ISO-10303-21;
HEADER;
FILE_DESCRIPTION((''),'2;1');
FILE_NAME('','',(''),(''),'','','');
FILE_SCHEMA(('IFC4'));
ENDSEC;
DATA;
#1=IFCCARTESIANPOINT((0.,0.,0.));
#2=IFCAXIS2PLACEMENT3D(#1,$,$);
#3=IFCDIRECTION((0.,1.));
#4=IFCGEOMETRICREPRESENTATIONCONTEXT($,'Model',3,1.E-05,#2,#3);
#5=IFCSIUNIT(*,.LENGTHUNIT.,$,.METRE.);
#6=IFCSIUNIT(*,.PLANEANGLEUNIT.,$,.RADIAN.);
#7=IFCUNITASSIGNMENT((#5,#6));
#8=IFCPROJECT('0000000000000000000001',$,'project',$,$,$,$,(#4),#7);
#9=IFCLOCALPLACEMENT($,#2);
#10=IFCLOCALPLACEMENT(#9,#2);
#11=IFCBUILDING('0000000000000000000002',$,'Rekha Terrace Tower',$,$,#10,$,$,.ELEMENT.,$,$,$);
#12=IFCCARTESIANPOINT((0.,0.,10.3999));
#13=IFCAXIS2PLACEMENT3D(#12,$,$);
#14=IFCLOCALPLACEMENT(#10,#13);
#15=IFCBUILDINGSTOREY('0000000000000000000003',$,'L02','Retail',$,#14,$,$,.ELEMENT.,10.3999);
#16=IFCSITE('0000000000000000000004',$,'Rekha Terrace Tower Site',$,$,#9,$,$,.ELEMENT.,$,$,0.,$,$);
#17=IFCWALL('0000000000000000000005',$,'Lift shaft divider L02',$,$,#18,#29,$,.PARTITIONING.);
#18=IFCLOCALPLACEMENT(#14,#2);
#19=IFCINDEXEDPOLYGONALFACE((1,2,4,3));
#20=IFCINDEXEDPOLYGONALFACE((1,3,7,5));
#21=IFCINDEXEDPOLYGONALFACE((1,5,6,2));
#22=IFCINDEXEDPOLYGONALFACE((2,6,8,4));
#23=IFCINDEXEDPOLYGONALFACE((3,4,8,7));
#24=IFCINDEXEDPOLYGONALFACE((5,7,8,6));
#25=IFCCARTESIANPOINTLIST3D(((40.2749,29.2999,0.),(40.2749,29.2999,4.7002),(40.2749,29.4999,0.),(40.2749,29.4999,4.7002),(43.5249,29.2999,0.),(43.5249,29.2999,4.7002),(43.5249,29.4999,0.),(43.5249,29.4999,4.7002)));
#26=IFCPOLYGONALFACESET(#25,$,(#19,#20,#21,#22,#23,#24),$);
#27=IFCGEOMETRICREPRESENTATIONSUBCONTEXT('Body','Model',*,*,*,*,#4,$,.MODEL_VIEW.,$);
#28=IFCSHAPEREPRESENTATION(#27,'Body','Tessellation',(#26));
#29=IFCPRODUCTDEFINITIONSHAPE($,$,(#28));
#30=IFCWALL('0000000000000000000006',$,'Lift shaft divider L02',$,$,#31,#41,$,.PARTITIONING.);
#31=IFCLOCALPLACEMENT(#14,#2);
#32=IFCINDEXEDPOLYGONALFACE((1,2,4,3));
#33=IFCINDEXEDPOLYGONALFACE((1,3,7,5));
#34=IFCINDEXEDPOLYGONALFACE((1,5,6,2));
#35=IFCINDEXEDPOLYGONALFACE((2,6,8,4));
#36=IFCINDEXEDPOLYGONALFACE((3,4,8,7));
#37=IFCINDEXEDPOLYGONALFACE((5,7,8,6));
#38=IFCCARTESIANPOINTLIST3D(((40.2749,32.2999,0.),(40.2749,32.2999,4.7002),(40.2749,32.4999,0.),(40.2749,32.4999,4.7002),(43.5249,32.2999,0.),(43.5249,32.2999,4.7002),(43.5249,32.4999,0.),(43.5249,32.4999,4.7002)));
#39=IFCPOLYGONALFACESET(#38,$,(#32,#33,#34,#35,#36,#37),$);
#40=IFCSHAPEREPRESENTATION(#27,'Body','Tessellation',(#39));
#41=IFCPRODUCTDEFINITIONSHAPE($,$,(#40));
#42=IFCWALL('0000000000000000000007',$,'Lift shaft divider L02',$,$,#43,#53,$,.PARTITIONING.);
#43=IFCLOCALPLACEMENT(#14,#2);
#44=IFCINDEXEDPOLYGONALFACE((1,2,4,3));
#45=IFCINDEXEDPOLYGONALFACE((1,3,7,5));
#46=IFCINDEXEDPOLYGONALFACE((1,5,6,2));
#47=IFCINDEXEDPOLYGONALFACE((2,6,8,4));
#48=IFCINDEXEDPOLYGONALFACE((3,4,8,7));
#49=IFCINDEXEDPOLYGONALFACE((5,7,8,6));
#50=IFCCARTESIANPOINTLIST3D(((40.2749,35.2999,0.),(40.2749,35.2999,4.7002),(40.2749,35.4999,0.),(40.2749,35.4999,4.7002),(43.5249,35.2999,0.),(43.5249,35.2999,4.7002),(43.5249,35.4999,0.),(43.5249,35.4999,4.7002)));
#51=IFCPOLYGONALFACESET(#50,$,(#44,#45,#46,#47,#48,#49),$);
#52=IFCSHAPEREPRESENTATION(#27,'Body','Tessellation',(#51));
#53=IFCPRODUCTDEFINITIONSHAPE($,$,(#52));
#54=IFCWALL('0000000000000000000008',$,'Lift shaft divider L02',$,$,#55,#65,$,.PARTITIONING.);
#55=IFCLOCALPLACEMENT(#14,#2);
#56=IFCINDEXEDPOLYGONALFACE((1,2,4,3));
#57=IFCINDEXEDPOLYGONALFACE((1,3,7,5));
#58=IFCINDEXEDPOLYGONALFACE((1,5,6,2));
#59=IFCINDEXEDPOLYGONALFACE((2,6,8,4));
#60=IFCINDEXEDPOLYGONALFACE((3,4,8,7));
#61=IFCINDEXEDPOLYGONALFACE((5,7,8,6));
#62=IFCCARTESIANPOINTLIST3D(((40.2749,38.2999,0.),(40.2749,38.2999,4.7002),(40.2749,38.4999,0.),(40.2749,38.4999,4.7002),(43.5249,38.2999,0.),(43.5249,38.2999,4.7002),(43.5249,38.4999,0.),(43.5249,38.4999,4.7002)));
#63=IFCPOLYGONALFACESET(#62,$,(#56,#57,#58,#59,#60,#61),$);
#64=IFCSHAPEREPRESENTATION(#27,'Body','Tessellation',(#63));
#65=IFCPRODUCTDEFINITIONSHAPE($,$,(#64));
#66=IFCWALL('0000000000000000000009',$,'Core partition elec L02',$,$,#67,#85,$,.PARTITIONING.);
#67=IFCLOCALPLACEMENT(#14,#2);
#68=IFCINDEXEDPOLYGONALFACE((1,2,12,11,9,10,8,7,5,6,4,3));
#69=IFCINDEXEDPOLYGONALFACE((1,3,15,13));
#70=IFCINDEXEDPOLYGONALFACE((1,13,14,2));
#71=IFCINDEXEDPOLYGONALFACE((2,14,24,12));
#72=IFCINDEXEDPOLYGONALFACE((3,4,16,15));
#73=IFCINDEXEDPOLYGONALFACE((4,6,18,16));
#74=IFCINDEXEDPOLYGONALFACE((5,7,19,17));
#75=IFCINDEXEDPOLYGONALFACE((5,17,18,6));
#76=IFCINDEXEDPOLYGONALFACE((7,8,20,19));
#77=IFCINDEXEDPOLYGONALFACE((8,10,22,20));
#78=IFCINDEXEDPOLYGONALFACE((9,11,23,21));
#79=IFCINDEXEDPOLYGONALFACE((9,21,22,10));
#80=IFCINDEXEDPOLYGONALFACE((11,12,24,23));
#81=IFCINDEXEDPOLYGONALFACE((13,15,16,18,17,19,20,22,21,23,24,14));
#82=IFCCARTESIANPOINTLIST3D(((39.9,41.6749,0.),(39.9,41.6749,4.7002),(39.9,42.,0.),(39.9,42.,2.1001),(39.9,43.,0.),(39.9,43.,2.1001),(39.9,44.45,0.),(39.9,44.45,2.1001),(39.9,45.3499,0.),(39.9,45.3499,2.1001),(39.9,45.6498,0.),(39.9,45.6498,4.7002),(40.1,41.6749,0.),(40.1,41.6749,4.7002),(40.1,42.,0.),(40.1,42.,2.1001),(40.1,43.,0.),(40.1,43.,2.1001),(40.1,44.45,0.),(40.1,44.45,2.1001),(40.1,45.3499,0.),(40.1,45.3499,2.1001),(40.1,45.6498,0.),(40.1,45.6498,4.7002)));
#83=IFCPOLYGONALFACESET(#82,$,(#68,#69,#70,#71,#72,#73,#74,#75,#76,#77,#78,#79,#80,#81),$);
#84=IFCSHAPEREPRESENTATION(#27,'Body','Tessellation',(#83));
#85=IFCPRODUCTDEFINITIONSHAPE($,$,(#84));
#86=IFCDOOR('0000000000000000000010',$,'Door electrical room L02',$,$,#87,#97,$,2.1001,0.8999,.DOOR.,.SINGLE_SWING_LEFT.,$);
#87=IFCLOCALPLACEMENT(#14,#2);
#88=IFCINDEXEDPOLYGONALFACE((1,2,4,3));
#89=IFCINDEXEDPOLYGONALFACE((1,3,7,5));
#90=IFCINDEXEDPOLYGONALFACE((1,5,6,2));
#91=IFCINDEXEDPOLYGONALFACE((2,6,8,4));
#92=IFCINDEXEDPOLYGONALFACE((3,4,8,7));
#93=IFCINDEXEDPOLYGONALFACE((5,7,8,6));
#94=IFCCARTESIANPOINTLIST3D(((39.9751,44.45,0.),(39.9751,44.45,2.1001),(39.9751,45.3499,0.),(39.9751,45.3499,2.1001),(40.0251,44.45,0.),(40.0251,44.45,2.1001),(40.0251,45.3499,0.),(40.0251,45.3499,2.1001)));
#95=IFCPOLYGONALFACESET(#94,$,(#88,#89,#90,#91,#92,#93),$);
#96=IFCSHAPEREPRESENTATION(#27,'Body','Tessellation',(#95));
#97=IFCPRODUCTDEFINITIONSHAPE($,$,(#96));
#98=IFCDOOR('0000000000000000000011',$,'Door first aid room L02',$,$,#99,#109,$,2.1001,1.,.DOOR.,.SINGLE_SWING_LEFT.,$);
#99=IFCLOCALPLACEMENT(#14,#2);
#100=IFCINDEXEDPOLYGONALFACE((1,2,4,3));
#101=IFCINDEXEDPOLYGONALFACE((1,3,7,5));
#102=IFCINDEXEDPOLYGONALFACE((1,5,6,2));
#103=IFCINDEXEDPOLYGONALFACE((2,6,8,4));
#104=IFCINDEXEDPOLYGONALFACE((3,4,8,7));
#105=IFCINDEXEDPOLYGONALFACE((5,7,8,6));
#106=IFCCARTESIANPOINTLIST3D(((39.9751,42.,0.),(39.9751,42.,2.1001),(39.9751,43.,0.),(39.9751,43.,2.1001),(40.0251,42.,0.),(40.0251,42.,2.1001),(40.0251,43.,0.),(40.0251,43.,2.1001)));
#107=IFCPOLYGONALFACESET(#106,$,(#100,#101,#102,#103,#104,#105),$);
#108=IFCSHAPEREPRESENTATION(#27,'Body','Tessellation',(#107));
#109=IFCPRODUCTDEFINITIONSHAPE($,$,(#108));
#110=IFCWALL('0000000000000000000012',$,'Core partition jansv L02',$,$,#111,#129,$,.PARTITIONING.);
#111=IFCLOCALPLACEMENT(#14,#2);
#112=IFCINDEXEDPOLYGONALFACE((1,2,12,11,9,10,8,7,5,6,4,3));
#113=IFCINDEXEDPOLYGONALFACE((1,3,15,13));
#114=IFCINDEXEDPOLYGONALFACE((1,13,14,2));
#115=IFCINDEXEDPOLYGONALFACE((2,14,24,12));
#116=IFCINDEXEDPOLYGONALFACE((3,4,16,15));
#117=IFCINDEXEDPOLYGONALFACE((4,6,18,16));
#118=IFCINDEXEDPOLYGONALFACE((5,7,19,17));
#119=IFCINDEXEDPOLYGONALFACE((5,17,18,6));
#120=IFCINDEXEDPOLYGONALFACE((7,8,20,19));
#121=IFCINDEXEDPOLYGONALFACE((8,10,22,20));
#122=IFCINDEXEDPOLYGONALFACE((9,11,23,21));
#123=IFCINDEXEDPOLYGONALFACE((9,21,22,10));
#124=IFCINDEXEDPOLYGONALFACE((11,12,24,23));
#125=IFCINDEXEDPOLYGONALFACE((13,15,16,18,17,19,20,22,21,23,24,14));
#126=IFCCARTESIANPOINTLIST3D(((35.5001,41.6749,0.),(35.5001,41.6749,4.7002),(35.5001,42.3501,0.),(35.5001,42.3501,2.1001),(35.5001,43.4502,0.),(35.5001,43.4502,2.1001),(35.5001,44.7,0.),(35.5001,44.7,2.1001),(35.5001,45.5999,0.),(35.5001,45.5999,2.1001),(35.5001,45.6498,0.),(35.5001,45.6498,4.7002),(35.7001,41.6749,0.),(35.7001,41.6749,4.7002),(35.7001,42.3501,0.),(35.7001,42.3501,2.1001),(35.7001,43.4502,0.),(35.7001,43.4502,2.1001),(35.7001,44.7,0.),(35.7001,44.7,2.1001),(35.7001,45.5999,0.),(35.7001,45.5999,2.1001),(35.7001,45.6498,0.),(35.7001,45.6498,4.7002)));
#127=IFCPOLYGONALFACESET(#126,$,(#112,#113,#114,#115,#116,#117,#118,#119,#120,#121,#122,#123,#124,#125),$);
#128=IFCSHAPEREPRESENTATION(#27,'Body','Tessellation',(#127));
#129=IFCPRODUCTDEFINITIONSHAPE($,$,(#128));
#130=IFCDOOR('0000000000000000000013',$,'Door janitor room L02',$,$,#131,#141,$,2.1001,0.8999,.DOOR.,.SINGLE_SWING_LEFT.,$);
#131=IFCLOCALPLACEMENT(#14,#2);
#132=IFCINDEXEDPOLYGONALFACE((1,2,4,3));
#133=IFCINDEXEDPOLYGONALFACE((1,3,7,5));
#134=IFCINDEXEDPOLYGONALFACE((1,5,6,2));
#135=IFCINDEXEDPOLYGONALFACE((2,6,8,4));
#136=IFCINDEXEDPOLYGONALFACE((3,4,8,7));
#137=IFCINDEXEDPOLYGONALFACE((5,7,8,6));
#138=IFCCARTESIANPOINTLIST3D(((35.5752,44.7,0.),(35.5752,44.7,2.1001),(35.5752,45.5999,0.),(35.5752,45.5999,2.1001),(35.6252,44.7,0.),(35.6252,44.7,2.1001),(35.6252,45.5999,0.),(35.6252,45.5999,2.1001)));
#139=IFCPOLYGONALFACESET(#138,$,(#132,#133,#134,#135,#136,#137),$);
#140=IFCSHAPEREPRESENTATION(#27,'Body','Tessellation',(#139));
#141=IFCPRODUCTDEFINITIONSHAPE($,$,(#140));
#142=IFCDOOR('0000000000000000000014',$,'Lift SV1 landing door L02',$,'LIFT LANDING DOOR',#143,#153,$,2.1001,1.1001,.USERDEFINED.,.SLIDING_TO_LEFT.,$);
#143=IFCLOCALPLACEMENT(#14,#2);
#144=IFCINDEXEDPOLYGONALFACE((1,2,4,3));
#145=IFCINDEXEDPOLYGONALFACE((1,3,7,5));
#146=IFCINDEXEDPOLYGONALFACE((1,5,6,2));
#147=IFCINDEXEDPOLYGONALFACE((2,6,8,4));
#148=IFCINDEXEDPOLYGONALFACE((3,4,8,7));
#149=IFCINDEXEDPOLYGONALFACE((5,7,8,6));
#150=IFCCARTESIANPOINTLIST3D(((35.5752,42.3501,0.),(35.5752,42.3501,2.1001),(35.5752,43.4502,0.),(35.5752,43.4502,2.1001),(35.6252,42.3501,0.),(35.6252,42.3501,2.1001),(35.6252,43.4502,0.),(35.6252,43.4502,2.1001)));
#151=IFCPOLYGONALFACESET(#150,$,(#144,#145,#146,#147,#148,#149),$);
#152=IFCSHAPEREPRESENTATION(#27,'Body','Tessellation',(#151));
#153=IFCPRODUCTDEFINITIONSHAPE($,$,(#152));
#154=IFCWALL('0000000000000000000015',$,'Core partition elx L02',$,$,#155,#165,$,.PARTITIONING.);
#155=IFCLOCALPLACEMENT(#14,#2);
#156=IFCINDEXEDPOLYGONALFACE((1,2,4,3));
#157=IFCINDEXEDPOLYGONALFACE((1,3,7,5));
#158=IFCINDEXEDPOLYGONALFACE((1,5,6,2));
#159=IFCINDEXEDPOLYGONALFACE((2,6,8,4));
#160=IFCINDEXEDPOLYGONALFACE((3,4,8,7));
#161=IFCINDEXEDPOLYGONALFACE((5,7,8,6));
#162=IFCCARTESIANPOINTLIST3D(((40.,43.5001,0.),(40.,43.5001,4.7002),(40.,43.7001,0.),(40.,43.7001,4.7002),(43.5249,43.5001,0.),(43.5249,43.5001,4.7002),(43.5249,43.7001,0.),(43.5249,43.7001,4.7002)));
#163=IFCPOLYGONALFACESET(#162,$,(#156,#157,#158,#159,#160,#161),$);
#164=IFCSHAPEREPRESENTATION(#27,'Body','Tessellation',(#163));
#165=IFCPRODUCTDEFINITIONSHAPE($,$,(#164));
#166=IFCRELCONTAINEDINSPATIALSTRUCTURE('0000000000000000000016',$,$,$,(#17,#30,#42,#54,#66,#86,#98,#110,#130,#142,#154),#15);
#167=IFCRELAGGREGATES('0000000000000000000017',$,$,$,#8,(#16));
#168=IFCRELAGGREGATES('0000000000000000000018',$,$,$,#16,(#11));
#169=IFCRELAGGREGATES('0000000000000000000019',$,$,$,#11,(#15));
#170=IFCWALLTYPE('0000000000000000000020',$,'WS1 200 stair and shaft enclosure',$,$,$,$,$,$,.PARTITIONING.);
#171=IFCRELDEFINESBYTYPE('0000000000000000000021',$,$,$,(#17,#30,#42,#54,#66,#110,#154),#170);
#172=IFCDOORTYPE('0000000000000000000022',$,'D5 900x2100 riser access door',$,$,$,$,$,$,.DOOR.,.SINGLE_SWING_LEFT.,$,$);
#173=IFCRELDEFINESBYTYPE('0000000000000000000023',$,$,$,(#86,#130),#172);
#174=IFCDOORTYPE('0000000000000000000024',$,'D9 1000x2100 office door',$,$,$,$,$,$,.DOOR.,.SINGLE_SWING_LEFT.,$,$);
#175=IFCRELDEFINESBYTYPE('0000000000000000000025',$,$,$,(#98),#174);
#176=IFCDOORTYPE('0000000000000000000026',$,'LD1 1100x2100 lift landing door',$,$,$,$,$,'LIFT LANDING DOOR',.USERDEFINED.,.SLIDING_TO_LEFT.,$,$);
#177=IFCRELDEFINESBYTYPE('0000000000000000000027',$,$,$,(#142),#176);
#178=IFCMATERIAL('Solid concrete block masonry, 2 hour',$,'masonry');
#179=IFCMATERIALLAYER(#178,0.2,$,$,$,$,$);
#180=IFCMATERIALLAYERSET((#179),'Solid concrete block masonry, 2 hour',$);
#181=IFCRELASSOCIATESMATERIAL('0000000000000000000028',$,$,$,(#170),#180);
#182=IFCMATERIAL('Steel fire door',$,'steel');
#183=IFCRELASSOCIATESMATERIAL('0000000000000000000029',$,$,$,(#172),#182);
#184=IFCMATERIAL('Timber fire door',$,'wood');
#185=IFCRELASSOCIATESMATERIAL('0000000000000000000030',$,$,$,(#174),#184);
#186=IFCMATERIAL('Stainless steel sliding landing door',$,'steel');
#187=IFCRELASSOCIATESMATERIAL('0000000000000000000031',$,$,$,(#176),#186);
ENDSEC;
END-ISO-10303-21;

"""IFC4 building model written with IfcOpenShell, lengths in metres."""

from ifc_helpers import new_model, si_unit, direction, frame, frame_2d, origin, place, context, subcontext, project, spatial, rectangle, extrude, material, layer, layer_set, type_object, element, fill, save


model = new_model("IFC4")

# Units and contexts
model_context = context("Model", 3, precision=1e-05, world=origin(), true_north=direction((0.0, 1.0)))
body_context = subcontext(model_context, "Body", "Model", "MODEL_VIEW")
ifc_project = project(units=[si_unit("LENGTHUNIT", "METRE"), si_unit("PLANEANGLEUNIT", "RADIAN")], contexts=[model_context])

# Site, building, storey
site_placement = place(None, origin())
site = spatial("IfcSite", under=ifc_project, at=site_placement, Name="Rekha Terrace Tower Site", CompositionType="ELEMENT", RefElevation=0.0)
building_placement = place(site_placement, origin())
building = spatial("IfcBuilding", under=site, at=building_placement, Name="Rekha Terrace Tower", CompositionType="ELEMENT")
storey_placement = place(building_placement, frame((0.0, 0.0, 10.3999)))
storey = spatial("IfcBuildingStorey", under=building, at=storey_placement, Name="L02", Description="Retail", CompositionType="ELEMENT", Elevation=10.3999)

# Shared definitions
ifc_material_1 = material(Name="Stainless steel sliding landing door", Category="steel")
ifc_material_2 = material(Name="Steel fire door", Category="steel")

# Walls
ifc_material_3 = material(Name="Solid concrete block masonry, 2 hour", Category="masonry")
ifc_layer_1 = layer(ifc_material_3, 0.2)
ifc_layer_set_1 = layer_set([ifc_layer_1], Name="Solid concrete block masonry, 2 hour")
wall_type_1 = type_object("IfcWallType", Name="WS1 200 stair and shaft enclosure", PredefinedType="PARTITIONING", material=ifc_layer_set_1)
for number, where, z_axis, x_axis, name in (
    (1, (40.2749, 29.3999, 0.0), (0.0, 0.0, 1.0), (1.0, 0.0, 0.0), "Lift shaft divider L02"),
    (2, (40.2749, 32.3999, 0.0), (0.0, 0.0, 1.0), (1.0, 0.0, 0.0), "Lift shaft divider L02"),
    (3, (40.2749, 35.3999, 0.0), (0.0, 0.0, 1.0), (1.0, 0.0, 0.0), "Lift shaft divider L02"),
    (4, (40.2749, 38.3999, 0.0), (0.0, 0.0, 1.0), (1.0, 0.0, 0.0), "Lift shaft divider L02"),
):
    element("IfcWall", number, at=place(storey_placement, frame(where, z_axis=z_axis, x_axis=x_axis)), inside=storey, type_object=wall_type_1, Name=name, PredefinedType="PARTITIONING", context=body_context, shape_type="SweptSolid", body=[
        extrude(rectangle(XDim=3.25, YDim=0.2, at=frame_2d((1.625, 0.0))), origin(), (0.0, 0.0, 1.0), 4.7002),
    ])

# Walls, openings, doors
wall_1_placement = place(storey_placement, frame((40.0, 41.675, 0.0), z_axis=(0.0, 0.0, 1.0), x_axis=(0.0, 1.0, 0.0)))
wall_1 = element("IfcWall", 5, at=wall_1_placement, inside=storey, type_object=wall_type_1, Name="Core partition elec L02", PredefinedType="PARTITIONING", context=body_context, shape_type="SweptSolid", body=[
    extrude(rectangle(XDim=3.9749, YDim=0.2, at=frame_2d((1.9873, 0.0))), origin(), (0.0, 0.0, 1.0), 4.7002),
])
opening_1_placement = place(wall_1_placement, frame((2.7749, 0.0, 0.0)))
opening_1 = element("IfcOpeningElement", 6, at=opening_1_placement, cuts=wall_1, PredefinedType="OPENING", context=body_context, shape_type="SweptSolid", body=[
    extrude(rectangle(XDim=0.8999, YDim=2.1001, at=frame_2d((0.45, 1.05))), frame((0.0, 0.1099, 0.0), z_axis=(0.0, -1.0, 0.0), x_axis=(1.0, 0.0, 0.0)), (0.0, 0.0, 1.0), 0.22),
])
opening_2_placement = place(wall_1_placement, frame((0.325, 0.0, 0.0)))
opening_2 = element("IfcOpeningElement", 7, at=opening_2_placement, cuts=wall_1, PredefinedType="OPENING", context=body_context, shape_type="SweptSolid", body=[
    extrude(rectangle(XDim=1.0, YDim=2.1001, at=frame_2d((0.5, 1.05))), frame((0.0, 0.1099, 0.0), z_axis=(0.0, -1.0, 0.0), x_axis=(1.0, 0.0, 0.0)), (0.0, 0.0, 1.0), 0.22),
])
door_type_1 = type_object("IfcDoorType", Name="D5 900x2100 riser access door", OperationType="SINGLE_SWING_LEFT", PredefinedType="DOOR", material=ifc_material_2)
door_1_placement = place(opening_1_placement, origin())
door_1 = element("IfcDoor", 8, at=door_1_placement, inside=storey, type_object=door_type_1, Name="Door electrical room L02", OperationType="SINGLE_SWING_LEFT", OverallHeight=2.1001, OverallWidth=0.8999, PredefinedType="DOOR", context=body_context, shape_type="SweptSolid", body=[
    extrude(rectangle(XDim=0.8999, YDim=2.1001, at=frame_2d((0.45, 1.05))), frame((0.0, 0.0249, 0.0), z_axis=(0.0, -1.0, 0.0), x_axis=(1.0, 0.0, 0.0)), (0.0, 0.0, 1.0), 0.05),
])
fill(opening_1, door_1)
ifc_material_4 = material(Name="Timber fire door", Category="wood")
door_type_2 = type_object("IfcDoorType", Name="D9 1000x2100 office door", OperationType="SINGLE_SWING_LEFT", PredefinedType="DOOR", material=ifc_material_4)
door_2_placement = place(opening_2_placement, origin())
door_2 = element("IfcDoor", 9, at=door_2_placement, inside=storey, type_object=door_type_2, Name="Door first aid room L02", OperationType="SINGLE_SWING_LEFT", OverallHeight=2.1001, OverallWidth=1.0, PredefinedType="DOOR", context=body_context, shape_type="SweptSolid", body=[
    extrude(rectangle(XDim=1.0, YDim=2.1001, at=frame_2d((0.5, 1.05))), frame((0.0, 0.0249, 0.0), z_axis=(0.0, -1.0, 0.0), x_axis=(1.0, 0.0, 0.0)), (0.0, 0.0, 1.0), 0.05),
])
fill(opening_2, door_2)
wall_2_placement = place(storey_placement, frame((35.6001, 41.675, 0.0), z_axis=(0.0, 0.0, 1.0), x_axis=(0.0, 1.0, 0.0)))
wall_2 = element("IfcWall", 10, at=wall_2_placement, inside=storey, type_object=wall_type_1, Name="Core partition jansv L02", PredefinedType="PARTITIONING", context=body_context, shape_type="SweptSolid", body=[
    extrude(rectangle(XDim=3.9749, YDim=0.2, at=frame_2d((1.9873, 0.0))), origin(), (0.0, 0.0, 1.0), 4.7002),
])
opening_3_placement = place(wall_2_placement, frame((3.0249, 0.0, 0.0)))
opening_3 = element("IfcOpeningElement", 11, at=opening_3_placement, cuts=wall_2, PredefinedType="OPENING", context=body_context, shape_type="SweptSolid", body=[
    extrude(rectangle(XDim=0.8999, YDim=2.1001, at=frame_2d((0.45, 1.05))), frame((0.0, 0.1099, 0.0), z_axis=(0.0, -1.0, 0.0), x_axis=(1.0, 0.0, 0.0)), (0.0, 0.0, 1.0), 0.22),
])
opening_4_placement = place(wall_2_placement, frame((0.675, 0.0, 0.0)))
opening_4 = element("IfcOpeningElement", 12, at=opening_4_placement, cuts=wall_2, PredefinedType="OPENING", context=body_context, shape_type="SweptSolid", body=[
    extrude(rectangle(XDim=1.1001, YDim=2.1001, at=frame_2d((0.55, 1.05))), frame((0.0, 0.1099, 0.0), z_axis=(0.0, -1.0, 0.0), x_axis=(1.0, 0.0, 0.0)), (0.0, 0.0, 1.0), 0.22),
])
door_3_placement = place(opening_3_placement, origin())
door_3 = element("IfcDoor", 13, at=door_3_placement, inside=storey, type_object=door_type_1, Name="Door janitor room L02", OperationType="SINGLE_SWING_LEFT", OverallHeight=2.1001, OverallWidth=0.8999, PredefinedType="DOOR", context=body_context, shape_type="SweptSolid", body=[
    extrude(rectangle(XDim=0.8999, YDim=2.1001, at=frame_2d((0.45, 1.05))), frame((0.0, 0.0249, 0.0), z_axis=(0.0, -1.0, 0.0), x_axis=(1.0, 0.0, 0.0)), (0.0, 0.0, 1.0), 0.05),
])
fill(opening_3, door_3)
door_type_3 = type_object("IfcDoorType", Name="LD1 1100x2100 lift landing door", ElementType="LIFT LANDING DOOR", OperationType="SLIDING_TO_LEFT", PredefinedType="USERDEFINED", material=ifc_material_1)
door_4_placement = place(opening_4_placement, origin())
door_4 = element("IfcDoor", 14, at=door_4_placement, inside=storey, type_object=door_type_3, Name="Lift SV1 landing door L02", ObjectType="LIFT LANDING DOOR", OperationType="SLIDING_TO_LEFT", OverallHeight=2.1001, OverallWidth=1.1001, PredefinedType="USERDEFINED", context=body_context, shape_type="SweptSolid", body=[
    extrude(rectangle(XDim=1.1001, YDim=2.1001, at=frame_2d((0.55, 1.05))), frame((0.0, 0.0249, 0.0), z_axis=(0.0, -1.0, 0.0), x_axis=(1.0, 0.0, 0.0)), (0.0, 0.0, 1.0), 0.05),
])
fill(opening_4, door_4)

# Wall
wall_3_placement = place(storey_placement, frame((40.0, 43.6001, 0.0), z_axis=(0.0, 0.0, 1.0), x_axis=(1.0, 0.0, 0.0)))
element("IfcWall", 15, at=wall_3_placement, inside=storey, type_object=wall_type_1, Name="Core partition elx L02", PredefinedType="PARTITIONING", context=body_context, shape_type="SweptSolid", body=[
    extrude(rectangle(XDim=3.5249, YDim=0.2, at=frame_2d((1.7625, 0.0))), origin(), (0.0, 0.0, 1.0), 4.7002),
])

save(model, "model.ifc")
